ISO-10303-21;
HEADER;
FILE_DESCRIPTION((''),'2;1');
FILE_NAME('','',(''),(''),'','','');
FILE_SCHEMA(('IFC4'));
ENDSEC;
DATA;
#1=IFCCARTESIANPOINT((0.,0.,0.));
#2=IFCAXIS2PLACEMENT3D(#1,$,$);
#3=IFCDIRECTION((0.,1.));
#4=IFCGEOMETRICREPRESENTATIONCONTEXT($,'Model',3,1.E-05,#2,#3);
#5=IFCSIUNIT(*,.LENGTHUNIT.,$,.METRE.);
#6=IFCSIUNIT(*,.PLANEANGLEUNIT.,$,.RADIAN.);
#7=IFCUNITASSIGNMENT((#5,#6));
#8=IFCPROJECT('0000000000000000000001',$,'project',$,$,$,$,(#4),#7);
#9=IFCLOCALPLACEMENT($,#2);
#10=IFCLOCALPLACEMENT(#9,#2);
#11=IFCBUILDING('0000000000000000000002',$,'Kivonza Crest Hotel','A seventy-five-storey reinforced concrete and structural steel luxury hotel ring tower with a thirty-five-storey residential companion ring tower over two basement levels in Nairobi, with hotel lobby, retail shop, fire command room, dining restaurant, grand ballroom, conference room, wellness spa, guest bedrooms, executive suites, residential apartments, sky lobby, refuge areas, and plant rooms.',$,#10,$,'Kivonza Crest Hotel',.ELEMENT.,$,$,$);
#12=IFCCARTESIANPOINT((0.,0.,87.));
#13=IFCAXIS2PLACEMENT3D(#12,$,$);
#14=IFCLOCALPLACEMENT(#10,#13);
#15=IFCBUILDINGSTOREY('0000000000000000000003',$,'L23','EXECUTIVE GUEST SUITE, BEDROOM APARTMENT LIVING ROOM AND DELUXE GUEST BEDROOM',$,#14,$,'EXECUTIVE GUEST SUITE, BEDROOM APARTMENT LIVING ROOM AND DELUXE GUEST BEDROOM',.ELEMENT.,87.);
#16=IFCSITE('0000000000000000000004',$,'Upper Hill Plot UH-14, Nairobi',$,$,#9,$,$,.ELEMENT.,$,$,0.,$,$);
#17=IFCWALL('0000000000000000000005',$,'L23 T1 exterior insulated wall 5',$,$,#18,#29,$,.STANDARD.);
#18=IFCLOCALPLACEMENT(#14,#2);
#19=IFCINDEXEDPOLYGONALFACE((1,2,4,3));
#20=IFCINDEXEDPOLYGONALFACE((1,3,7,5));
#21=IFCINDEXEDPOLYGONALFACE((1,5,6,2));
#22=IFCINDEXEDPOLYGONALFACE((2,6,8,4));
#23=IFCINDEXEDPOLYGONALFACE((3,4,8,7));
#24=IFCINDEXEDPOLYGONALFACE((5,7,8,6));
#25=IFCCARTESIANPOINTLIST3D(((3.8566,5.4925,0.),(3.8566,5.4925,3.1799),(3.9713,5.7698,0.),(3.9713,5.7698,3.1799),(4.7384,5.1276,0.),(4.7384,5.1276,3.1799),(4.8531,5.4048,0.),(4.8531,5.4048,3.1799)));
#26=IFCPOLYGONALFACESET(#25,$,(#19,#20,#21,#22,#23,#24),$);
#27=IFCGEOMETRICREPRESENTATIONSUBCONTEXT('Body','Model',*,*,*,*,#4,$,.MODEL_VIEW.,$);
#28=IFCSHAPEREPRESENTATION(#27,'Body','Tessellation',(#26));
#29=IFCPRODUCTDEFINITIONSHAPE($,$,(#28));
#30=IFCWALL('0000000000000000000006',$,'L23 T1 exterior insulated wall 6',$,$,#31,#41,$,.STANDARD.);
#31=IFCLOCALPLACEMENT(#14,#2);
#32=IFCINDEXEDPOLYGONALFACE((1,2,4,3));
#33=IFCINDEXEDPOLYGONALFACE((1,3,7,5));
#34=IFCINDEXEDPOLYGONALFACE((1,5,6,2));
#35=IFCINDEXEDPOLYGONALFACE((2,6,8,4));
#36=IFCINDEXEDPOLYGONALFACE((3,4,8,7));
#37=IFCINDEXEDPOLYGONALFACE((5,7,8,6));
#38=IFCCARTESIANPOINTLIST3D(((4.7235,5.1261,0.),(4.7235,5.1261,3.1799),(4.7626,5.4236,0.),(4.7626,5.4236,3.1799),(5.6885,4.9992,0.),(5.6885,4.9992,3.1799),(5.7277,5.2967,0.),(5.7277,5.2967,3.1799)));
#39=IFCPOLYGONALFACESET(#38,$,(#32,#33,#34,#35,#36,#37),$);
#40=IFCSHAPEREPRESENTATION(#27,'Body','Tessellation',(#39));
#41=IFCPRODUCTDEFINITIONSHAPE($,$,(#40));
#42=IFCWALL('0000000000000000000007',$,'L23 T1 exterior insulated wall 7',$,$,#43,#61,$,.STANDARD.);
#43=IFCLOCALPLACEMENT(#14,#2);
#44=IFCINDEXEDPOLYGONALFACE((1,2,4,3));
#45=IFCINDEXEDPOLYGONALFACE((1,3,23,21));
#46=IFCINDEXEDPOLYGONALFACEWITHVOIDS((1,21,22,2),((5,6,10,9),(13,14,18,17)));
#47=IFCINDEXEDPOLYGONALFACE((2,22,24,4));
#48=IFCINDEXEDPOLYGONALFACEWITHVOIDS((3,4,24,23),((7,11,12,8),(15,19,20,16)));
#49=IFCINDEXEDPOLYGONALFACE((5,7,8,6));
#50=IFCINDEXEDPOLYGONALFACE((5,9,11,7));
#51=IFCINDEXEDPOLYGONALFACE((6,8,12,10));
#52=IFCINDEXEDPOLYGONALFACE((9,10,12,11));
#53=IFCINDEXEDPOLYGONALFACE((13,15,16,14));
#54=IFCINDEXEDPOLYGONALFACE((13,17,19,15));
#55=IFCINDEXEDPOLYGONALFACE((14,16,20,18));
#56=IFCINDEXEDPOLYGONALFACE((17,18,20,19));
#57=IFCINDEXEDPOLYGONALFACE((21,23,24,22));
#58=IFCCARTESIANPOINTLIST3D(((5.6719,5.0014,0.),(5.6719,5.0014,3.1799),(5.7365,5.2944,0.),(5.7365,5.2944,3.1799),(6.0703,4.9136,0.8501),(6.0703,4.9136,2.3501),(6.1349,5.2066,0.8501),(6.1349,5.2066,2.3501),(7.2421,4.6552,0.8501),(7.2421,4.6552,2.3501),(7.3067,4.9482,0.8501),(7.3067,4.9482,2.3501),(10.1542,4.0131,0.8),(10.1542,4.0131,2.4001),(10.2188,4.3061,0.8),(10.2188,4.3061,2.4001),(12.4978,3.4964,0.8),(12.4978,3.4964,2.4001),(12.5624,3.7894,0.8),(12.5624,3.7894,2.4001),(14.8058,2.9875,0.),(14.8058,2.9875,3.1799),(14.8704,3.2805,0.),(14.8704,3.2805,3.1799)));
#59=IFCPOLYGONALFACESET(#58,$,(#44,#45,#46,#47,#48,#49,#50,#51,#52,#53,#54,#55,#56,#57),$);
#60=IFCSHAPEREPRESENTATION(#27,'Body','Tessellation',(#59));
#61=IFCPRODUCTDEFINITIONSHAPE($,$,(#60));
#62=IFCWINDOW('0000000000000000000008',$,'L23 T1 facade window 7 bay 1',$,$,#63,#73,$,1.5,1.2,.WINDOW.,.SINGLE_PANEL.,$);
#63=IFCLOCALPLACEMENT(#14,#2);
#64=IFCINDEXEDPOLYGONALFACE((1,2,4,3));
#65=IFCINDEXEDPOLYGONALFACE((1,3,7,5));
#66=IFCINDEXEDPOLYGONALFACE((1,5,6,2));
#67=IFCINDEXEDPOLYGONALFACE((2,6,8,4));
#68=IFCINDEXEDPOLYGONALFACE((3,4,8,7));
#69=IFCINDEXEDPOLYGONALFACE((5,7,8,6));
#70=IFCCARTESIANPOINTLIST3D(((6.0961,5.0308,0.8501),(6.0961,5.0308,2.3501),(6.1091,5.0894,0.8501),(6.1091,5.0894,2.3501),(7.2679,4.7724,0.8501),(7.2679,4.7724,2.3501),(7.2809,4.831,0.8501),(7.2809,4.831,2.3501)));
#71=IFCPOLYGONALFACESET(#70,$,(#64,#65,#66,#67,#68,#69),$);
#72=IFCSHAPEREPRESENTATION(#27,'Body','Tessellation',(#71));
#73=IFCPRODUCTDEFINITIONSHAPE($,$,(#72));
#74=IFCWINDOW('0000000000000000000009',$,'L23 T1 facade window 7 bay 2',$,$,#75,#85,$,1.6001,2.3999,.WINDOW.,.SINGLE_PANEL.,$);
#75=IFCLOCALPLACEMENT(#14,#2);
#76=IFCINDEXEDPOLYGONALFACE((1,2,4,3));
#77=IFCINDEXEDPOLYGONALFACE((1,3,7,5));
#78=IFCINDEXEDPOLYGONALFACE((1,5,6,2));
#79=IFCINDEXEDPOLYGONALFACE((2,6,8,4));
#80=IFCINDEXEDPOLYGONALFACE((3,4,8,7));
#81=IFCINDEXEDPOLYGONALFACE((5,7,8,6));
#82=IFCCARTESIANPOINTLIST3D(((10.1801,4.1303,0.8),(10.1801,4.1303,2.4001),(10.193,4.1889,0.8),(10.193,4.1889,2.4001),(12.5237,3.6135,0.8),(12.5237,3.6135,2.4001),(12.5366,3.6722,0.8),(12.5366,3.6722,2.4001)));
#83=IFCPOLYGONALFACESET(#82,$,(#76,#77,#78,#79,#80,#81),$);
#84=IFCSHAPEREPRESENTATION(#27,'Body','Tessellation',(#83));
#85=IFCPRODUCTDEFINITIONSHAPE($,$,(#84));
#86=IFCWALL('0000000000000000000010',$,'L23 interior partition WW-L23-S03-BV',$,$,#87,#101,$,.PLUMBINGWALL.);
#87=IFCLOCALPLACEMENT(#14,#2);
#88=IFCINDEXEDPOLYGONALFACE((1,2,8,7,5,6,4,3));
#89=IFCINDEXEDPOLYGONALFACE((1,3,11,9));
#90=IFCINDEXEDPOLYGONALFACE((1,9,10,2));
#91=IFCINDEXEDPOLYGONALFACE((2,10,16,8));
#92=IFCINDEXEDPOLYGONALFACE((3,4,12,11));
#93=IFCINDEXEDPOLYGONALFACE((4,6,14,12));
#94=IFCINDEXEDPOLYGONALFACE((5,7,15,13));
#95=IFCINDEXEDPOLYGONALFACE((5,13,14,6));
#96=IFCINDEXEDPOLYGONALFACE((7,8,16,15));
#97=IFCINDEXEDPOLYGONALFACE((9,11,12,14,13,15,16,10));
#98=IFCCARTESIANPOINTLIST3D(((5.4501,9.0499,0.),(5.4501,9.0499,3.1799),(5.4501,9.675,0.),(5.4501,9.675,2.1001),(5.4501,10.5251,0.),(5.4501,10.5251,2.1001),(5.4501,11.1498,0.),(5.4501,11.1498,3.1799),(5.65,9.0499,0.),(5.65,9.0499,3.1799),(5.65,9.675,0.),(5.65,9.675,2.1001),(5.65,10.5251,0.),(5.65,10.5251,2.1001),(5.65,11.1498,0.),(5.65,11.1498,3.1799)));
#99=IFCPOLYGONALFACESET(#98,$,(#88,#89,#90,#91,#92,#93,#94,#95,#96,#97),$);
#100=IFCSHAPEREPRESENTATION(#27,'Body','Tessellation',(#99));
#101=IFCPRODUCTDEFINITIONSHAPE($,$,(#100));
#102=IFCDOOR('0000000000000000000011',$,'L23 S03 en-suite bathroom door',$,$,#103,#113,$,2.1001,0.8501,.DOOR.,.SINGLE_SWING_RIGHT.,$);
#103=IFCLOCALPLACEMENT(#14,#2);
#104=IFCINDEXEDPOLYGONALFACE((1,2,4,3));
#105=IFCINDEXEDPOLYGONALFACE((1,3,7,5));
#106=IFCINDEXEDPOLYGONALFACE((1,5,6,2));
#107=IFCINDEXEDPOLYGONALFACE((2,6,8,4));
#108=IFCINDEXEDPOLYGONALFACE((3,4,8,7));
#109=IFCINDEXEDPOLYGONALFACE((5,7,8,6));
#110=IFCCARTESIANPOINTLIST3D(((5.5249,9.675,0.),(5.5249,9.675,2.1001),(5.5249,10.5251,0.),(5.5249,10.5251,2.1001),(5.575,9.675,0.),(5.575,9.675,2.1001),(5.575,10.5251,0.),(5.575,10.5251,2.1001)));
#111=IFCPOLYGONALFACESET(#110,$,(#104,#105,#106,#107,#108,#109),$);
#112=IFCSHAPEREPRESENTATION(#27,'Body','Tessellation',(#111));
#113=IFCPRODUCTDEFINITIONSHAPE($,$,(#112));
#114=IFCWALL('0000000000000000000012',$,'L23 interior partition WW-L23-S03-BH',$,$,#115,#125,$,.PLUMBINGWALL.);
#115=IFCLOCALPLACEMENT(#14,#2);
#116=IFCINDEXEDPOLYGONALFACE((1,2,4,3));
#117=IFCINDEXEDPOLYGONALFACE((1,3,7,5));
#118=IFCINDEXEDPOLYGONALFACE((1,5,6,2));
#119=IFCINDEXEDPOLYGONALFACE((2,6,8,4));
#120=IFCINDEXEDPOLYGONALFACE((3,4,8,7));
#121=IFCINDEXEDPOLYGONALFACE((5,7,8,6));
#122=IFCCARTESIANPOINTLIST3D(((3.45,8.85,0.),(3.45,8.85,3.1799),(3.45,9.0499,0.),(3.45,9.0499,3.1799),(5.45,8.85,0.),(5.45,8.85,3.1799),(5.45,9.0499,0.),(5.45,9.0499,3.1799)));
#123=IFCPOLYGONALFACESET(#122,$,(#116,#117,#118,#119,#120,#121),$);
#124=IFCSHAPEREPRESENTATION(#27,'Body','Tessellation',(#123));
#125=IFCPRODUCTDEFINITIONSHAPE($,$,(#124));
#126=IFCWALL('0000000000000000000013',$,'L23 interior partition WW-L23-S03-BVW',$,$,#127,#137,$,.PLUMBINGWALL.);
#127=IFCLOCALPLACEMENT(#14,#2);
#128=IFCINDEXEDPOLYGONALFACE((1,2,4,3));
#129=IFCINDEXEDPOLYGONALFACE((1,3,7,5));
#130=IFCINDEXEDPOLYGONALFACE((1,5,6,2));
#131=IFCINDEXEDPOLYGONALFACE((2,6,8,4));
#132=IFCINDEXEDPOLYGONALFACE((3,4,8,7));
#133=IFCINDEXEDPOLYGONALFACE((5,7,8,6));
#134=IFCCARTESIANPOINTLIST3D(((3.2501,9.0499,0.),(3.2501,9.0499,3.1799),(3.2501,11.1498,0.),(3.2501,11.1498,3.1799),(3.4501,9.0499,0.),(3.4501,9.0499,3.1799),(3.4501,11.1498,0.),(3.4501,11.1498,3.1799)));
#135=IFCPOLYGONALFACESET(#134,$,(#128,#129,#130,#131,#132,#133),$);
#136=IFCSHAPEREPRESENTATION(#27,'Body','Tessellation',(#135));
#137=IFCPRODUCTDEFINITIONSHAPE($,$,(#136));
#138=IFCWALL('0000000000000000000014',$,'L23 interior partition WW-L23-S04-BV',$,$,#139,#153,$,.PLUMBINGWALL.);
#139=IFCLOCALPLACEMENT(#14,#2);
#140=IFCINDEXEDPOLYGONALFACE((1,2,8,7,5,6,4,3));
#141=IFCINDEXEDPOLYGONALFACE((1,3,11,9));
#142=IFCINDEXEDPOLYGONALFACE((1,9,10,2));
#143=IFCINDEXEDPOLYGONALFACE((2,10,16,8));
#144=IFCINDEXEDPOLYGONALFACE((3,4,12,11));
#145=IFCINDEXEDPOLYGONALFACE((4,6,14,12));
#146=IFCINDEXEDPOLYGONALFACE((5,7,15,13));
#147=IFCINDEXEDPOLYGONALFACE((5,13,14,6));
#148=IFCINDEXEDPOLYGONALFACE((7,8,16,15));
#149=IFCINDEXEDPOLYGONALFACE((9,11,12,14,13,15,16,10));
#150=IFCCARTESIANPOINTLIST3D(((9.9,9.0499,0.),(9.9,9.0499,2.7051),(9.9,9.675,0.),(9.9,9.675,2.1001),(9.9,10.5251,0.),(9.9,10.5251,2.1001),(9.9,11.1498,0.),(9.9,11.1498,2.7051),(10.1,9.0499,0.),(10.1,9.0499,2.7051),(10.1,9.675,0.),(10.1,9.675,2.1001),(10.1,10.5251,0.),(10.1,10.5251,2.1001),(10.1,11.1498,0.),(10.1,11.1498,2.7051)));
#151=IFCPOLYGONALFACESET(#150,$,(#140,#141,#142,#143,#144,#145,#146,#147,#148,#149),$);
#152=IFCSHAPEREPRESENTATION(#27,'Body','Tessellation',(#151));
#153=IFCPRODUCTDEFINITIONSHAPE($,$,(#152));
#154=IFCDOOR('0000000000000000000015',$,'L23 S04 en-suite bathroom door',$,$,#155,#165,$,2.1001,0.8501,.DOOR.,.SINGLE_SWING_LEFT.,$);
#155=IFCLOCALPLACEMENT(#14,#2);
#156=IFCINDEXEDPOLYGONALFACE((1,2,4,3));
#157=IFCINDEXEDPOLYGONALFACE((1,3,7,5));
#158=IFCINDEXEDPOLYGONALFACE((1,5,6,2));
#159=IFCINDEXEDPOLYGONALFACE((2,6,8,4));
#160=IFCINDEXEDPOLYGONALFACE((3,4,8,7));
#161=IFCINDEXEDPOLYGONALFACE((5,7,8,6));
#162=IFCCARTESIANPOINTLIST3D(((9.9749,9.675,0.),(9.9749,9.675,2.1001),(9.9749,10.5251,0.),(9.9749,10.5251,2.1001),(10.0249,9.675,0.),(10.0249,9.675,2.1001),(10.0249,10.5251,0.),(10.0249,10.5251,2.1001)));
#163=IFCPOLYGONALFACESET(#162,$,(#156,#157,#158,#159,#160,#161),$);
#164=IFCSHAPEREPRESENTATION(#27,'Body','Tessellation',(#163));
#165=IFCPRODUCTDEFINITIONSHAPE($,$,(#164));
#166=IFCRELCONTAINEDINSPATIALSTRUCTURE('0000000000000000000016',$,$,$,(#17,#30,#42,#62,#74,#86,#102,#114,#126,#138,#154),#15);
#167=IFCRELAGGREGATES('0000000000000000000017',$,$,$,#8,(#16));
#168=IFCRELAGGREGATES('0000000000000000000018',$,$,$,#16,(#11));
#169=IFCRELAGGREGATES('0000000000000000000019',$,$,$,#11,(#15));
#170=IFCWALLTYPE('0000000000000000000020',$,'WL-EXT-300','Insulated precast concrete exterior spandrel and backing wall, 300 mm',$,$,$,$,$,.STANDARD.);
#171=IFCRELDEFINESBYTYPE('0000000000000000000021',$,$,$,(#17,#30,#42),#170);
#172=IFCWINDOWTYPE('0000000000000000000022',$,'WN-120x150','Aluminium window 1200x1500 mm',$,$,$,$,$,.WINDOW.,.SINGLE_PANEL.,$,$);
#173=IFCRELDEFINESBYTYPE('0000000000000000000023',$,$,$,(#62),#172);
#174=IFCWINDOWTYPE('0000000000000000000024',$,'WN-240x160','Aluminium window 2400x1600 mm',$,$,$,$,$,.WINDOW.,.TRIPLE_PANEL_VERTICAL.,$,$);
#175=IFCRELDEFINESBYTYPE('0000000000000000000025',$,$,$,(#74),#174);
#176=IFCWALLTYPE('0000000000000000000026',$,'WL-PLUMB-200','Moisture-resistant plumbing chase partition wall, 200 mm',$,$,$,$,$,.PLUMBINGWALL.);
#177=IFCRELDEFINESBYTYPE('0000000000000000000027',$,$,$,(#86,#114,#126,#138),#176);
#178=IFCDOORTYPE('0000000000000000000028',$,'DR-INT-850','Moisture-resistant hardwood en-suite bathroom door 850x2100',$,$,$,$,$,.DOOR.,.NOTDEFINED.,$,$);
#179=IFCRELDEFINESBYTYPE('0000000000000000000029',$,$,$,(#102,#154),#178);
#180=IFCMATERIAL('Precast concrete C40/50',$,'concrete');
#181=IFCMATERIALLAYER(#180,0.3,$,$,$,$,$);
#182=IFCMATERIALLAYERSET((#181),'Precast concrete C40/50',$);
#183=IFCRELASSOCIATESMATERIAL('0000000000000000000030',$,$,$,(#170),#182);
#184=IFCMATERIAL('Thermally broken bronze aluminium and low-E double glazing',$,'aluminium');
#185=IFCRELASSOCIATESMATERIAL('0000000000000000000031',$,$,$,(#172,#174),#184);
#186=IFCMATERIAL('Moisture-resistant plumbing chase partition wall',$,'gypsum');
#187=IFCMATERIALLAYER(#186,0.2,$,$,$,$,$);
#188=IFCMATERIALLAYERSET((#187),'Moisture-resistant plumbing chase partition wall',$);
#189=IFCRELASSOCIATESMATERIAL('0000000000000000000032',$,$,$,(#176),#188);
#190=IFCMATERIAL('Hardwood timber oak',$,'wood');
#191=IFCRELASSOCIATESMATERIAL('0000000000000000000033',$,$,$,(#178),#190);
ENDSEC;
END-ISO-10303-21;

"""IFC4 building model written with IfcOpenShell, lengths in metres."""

from ifc_helpers import new_model, si_unit, direction, frame, frame_2d, origin, place, context, subcontext, project, spatial, rectangle, extrude, material, layer, layer_set, type_object, element, fill, save


model = new_model("IFC4")

# Units and contexts
model_context = context("Model", 3, precision=1e-05, world=origin(), true_north=direction((0.0, 1.0)))
body_context = subcontext(model_context, "Body", "Model", "MODEL_VIEW")
ifc_project = project(units=[si_unit("LENGTHUNIT", "METRE"), si_unit("PLANEANGLEUNIT", "RADIAN")], contexts=[model_context])

# Site, building, storey
site_placement = place(None, origin())
site = spatial("IfcSite", under=ifc_project, at=site_placement, Name="Upper Hill Plot UH-14, Nairobi", CompositionType="ELEMENT", RefElevation=0.0)
building_placement = place(site_placement, origin())
building = spatial("IfcBuilding", under=site, at=building_placement, Name="Kivonza Crest Hotel", Description="A seventy-five-storey reinforced concrete and structural steel luxury hotel ring tower with a thirty-five-storey residential companion ring tower over two basement levels in Nairobi, with hotel lobby, retail shop, fire command room, dining restaurant, grand ballroom, conference room, wellness spa, guest bedrooms, executive suites, residential apartments, sky lobby, refuge areas, and plant rooms.", LongName="Kivonza Crest Hotel", CompositionType="ELEMENT")
storey_placement = place(building_placement, frame((0.0, 0.0, 87.0)))
storey = spatial("IfcBuildingStorey", under=building, at=storey_placement, Name="L23", Description="EXECUTIVE GUEST SUITE, BEDROOM APARTMENT LIVING ROOM AND DELUXE GUEST BEDROOM", LongName="EXECUTIVE GUEST SUITE, BEDROOM APARTMENT LIVING ROOM AND DELUXE GUEST BEDROOM", CompositionType="ELEMENT", Elevation=87.0)

# Walls
ifc_material_1 = material(Name="Precast concrete C40/50", Category="concrete")
ifc_layer_1 = layer(ifc_material_1, 0.3)
ifc_layer_set_1 = layer_set([ifc_layer_1], Name="Precast concrete C40/50")
wall_type_1 = type_object("IfcWallType", Name="WL-EXT-300", Description="Insulated precast concrete exterior spandrel and backing wall, 300 mm", PredefinedType="STANDARD", material=ifc_layer_set_1)
wall_1_placement = place(storey_placement, frame((3.9141, 5.6311, 0.0), z_axis=(0.0, 0.0, 1.0), x_axis=(0.923983, -0.382435, 0.0)))
element("IfcWall", 1, at=wall_1_placement, inside=storey, type_object=wall_type_1, Name="L23 T1 exterior insulated wall 5", PredefinedType="STANDARD", context=body_context, shape_type="SweptSolid", body=[
    extrude(rectangle(XDim=0.9543, YDim=0.3, at=frame_2d((0.4771, 0.0))), origin(), (0.0, 0.0, 1.0), 3.1799),
])
wall_2_placement = place(storey_placement, frame((4.7429, 5.2749, 0.0), z_axis=(0.0, 0.0, 1.0), x_axis=(0.991459, -0.130422, 0.0)))
element("IfcWall", 2, at=wall_2_placement, inside=storey, type_object=wall_type_1, Name="L23 T1 exterior insulated wall 6", PredefinedType="STANDARD", context=body_context, shape_type="SweptSolid", body=[
    extrude(rectangle(XDim=0.9734, YDim=0.3, at=frame_2d((0.4868, 0.0))), origin(), (0.0, 0.0, 1.0), 3.1799),
])

# Wall, openings, windows
wall_3_placement = place(storey_placement, frame((5.7041, 5.1479, 0.0), z_axis=(0.0, 0.0, 1.0), x_axis=(0.976544, -0.215319, 0.0)))
wall_3 = element("IfcWall", 3, at=wall_3_placement, inside=storey, type_object=wall_type_1, Name="L23 T1 exterior insulated wall 7", PredefinedType="STANDARD", context=body_context, shape_type="SweptSolid", body=[
    extrude(rectangle(XDim=9.3533, YDim=0.3, at=frame_2d((4.6768, 0.0))), origin(), (0.0, 0.0, 1.0), 3.1799),
])
opening_1_placement = place(wall_3_placement, frame((0.408, 0.0, 0.8501)))
opening_1 = element("IfcOpeningElement", 4, at=opening_1_placement, cuts=wall_3, PredefinedType="OPENING", context=body_context, shape_type="SweptSolid", body=[
    extrude(rectangle(XDim=1.2, YDim=1.5, at=frame_2d((0.6001, 0.75))), frame((0.0, 0.1602, 0.0), z_axis=(0.0, -1.0, 0.0), x_axis=(1.0, 0.0, 0.0)), (0.0, 0.0, 1.0), 0.3201),
])
opening_2_placement = place(wall_3_placement, frame((4.5901, 0.0, 0.8)))
opening_2 = element("IfcOpeningElement", 5, at=opening_2_placement, cuts=wall_3, PredefinedType="OPENING", context=body_context, shape_type="SweptSolid", body=[
    extrude(rectangle(XDim=2.3999, YDim=1.6001, at=frame_2d((1.2, 0.8))), frame((0.0, 0.1602, 0.0), z_axis=(0.0, -1.0, 0.0), x_axis=(1.0, 0.0, 0.0)), (0.0, 0.0, 1.0), 0.3201),
])
ifc_material_2 = material(Name="Thermally broken bronze aluminium and low-E double glazing", Category="aluminium")
window_type_1 = type_object("IfcWindowType", Name="WN-120x150", Description="Aluminium window 1200x1500 mm", PartitioningType="SINGLE_PANEL", PredefinedType="WINDOW", material=ifc_material_2)
window_1_placement = place(opening_1_placement, origin())
window_1 = element("IfcWindow", 6, at=window_1_placement, inside=storey, type_object=window_type_1, Name="L23 T1 facade window 7 bay 1", OverallHeight=1.5, OverallWidth=1.2, PartitioningType="SINGLE_PANEL", PredefinedType="WINDOW", context=body_context, shape_type="SweptSolid", body=[
    extrude(rectangle(XDim=1.2, YDim=1.5, at=frame_2d((0.6001, 0.75))), frame((0.0, 0.03, 0.0), z_axis=(0.0, -1.0, 0.0), x_axis=(1.0, 0.0, 0.0)), (0.0, 0.0, 1.0), 0.0601),
])
fill(opening_1, window_1)
window_type_2 = type_object("IfcWindowType", Name="WN-240x160", Description="Aluminium window 2400x1600 mm", PartitioningType="TRIPLE_PANEL_VERTICAL", PredefinedType="WINDOW", material=ifc_material_2)
window_2_placement = place(opening_2_placement, origin())
window_2 = element("IfcWindow", 7, at=window_2_placement, inside=storey, type_object=window_type_2, Name="L23 T1 facade window 7 bay 2", OverallHeight=1.6001, OverallWidth=2.3999, PartitioningType="SINGLE_PANEL", PredefinedType="WINDOW", context=body_context, shape_type="SweptSolid", body=[
    extrude(rectangle(XDim=2.3999, YDim=1.6001, at=frame_2d((1.2, 0.8))), frame((0.0, 0.03, 0.0), z_axis=(0.0, -1.0, 0.0), x_axis=(1.0, 0.0, 0.0)), (0.0, 0.0, 1.0), 0.0601),
])
fill(opening_2, window_2)

# Wall, opening, door
ifc_material_3 = material(Name="Moisture-resistant plumbing chase partition wall", Category="gypsum")
ifc_layer_2 = layer(ifc_material_3, 0.2)
ifc_layer_set_2 = layer_set([ifc_layer_2], Name="Moisture-resistant plumbing chase partition wall")
wall_type_2 = type_object("IfcWallType", Name="WL-PLUMB-200", Description="Moisture-resistant plumbing chase partition wall, 200 mm", PredefinedType="PLUMBINGWALL", material=ifc_layer_set_2)
wall_4_placement = place(storey_placement, frame((5.55, 9.05, 0.0), z_axis=(0.0, 0.0, 1.0), x_axis=(0.0, 1.0, 0.0)))
wall_4 = element("IfcWall", 8, at=wall_4_placement, inside=storey, type_object=wall_type_2, Name="L23 interior partition WW-L23-S03-BV", PredefinedType="PLUMBINGWALL", context=body_context, shape_type="SweptSolid", body=[
    extrude(rectangle(XDim=2.0999, YDim=0.2, at=frame_2d((1.0498, 0.0))), origin(), (0.0, 0.0, 1.0), 3.1799),
])
opening_3_placement = place(wall_4_placement, frame((0.625, 0.0, 0.0)))
opening_3 = element("IfcOpeningElement", 9, at=opening_3_placement, cuts=wall_4, PredefinedType="OPENING", context=body_context, shape_type="SweptSolid", body=[
    extrude(rectangle(XDim=0.8501, YDim=2.1001, at=frame_2d((0.425, 1.05))), frame((0.0, 0.1099, 0.0), z_axis=(0.0, -1.0, 0.0), x_axis=(1.0, 0.0, 0.0)), (0.0, 0.0, 1.0), 0.22),
])
ifc_material_4 = material(Name="Hardwood timber oak", Category="wood")
door_type = type_object("IfcDoorType", Name="DR-INT-850", Description="Moisture-resistant hardwood en-suite bathroom door 850x2100", OperationType="NOTDEFINED", PredefinedType="DOOR", material=ifc_material_4)
door_1_placement = place(opening_3_placement, frame((0.8501, 0.0, 0.0), z_axis=(0.0, 0.0, 1.0), x_axis=(-1.0, 0.0, 0.0)))
door_1 = element("IfcDoor", 10, at=door_1_placement, inside=storey, type_object=door_type, Name="L23 S03 en-suite bathroom door", OperationType="SINGLE_SWING_RIGHT", OverallHeight=2.1001, OverallWidth=0.8501, PredefinedType="DOOR", context=body_context, shape_type="SweptSolid", body=[
    extrude(rectangle(XDim=0.8501, YDim=2.1001, at=frame_2d((0.425, 1.05))), frame((0.0, 0.0249, 0.0), z_axis=(0.0, -1.0, 0.0), x_axis=(1.0, 0.0, 0.0)), (0.0, 0.0, 1.0), 0.05),
])
fill(opening_3, door_1)

# Walls
wall_5_placement = place(storey_placement, frame((3.45, 8.95, 0.0), z_axis=(0.0, 0.0, 1.0), x_axis=(1.0, 0.0, 0.0)))
element("IfcWall", 11, at=wall_5_placement, inside=storey, type_object=wall_type_2, Name="L23 interior partition WW-L23-S03-BH", PredefinedType="PLUMBINGWALL", context=body_context, shape_type="SweptSolid", body=[
    extrude(rectangle(XDim=2.0, YDim=0.2, at=frame_2d((1.0, 0.0))), origin(), (0.0, 0.0, 1.0), 3.1799),
])
wall_6_placement = place(storey_placement, frame((3.3501, 9.05, 0.0), z_axis=(0.0, 0.0, 1.0), x_axis=(0.0, 1.0, 0.0)))
element("IfcWall", 12, at=wall_6_placement, inside=storey, type_object=wall_type_2, Name="L23 interior partition WW-L23-S03-BVW", PredefinedType="PLUMBINGWALL", context=body_context, shape_type="SweptSolid", body=[
    extrude(rectangle(XDim=2.0999, YDim=0.2, at=frame_2d((1.0498, 0.0))), origin(), (0.0, 0.0, 1.0), 3.1799),
])

# Wall, opening, door
wall_7_placement = place(storey_placement, frame((10.0, 9.05, 0.0), z_axis=(0.0, 0.0, 1.0), x_axis=(0.0, 1.0, 0.0)))
wall_7 = element("IfcWall", 13, at=wall_7_placement, inside=storey, type_object=wall_type_2, Name="L23 interior partition WW-L23-S04-BV", PredefinedType="PLUMBINGWALL", context=body_context, shape_type="SweptSolid", body=[
    extrude(rectangle(XDim=2.0999, YDim=0.2, at=frame_2d((1.0498, 0.0))), origin(), (0.0, 0.0, 1.0), 2.7051),
])
opening_4_placement = place(wall_7_placement, frame((0.625, 0.0, 0.0)))
opening_4 = element("IfcOpeningElement", 14, at=opening_4_placement, cuts=wall_7, PredefinedType="OPENING", context=body_context, shape_type="SweptSolid", body=[
    extrude(rectangle(XDim=0.8501, YDim=2.1001, at=frame_2d((0.425, 1.05))), frame((0.0, 0.1099, 0.0), z_axis=(0.0, -1.0, 0.0), x_axis=(1.0, 0.0, 0.0)), (0.0, 0.0, 1.0), 0.22),
])
door_2_placement = place(opening_4_placement, frame((0.8501, 0.0, 0.0), z_axis=(0.0, 0.0, 1.0), x_axis=(-1.0, 0.0, 0.0)))
door_2 = element("IfcDoor", 15, at=door_2_placement, inside=storey, type_object=door_type, Name="L23 S04 en-suite bathroom door", OperationType="SINGLE_SWING_LEFT", OverallHeight=2.1001, OverallWidth=0.8501, PredefinedType="DOOR", context=body_context, shape_type="SweptSolid", body=[
    extrude(rectangle(XDim=0.8501, YDim=2.1001, at=frame_2d((0.425, 1.05))), frame((0.0, 0.0249, 0.0), z_axis=(0.0, -1.0, 0.0), x_axis=(1.0, 0.0, 0.0)), (0.0, 0.0, 1.0), 0.05),
])
fill(opening_4, door_2)

save(model, "model.ifc")
